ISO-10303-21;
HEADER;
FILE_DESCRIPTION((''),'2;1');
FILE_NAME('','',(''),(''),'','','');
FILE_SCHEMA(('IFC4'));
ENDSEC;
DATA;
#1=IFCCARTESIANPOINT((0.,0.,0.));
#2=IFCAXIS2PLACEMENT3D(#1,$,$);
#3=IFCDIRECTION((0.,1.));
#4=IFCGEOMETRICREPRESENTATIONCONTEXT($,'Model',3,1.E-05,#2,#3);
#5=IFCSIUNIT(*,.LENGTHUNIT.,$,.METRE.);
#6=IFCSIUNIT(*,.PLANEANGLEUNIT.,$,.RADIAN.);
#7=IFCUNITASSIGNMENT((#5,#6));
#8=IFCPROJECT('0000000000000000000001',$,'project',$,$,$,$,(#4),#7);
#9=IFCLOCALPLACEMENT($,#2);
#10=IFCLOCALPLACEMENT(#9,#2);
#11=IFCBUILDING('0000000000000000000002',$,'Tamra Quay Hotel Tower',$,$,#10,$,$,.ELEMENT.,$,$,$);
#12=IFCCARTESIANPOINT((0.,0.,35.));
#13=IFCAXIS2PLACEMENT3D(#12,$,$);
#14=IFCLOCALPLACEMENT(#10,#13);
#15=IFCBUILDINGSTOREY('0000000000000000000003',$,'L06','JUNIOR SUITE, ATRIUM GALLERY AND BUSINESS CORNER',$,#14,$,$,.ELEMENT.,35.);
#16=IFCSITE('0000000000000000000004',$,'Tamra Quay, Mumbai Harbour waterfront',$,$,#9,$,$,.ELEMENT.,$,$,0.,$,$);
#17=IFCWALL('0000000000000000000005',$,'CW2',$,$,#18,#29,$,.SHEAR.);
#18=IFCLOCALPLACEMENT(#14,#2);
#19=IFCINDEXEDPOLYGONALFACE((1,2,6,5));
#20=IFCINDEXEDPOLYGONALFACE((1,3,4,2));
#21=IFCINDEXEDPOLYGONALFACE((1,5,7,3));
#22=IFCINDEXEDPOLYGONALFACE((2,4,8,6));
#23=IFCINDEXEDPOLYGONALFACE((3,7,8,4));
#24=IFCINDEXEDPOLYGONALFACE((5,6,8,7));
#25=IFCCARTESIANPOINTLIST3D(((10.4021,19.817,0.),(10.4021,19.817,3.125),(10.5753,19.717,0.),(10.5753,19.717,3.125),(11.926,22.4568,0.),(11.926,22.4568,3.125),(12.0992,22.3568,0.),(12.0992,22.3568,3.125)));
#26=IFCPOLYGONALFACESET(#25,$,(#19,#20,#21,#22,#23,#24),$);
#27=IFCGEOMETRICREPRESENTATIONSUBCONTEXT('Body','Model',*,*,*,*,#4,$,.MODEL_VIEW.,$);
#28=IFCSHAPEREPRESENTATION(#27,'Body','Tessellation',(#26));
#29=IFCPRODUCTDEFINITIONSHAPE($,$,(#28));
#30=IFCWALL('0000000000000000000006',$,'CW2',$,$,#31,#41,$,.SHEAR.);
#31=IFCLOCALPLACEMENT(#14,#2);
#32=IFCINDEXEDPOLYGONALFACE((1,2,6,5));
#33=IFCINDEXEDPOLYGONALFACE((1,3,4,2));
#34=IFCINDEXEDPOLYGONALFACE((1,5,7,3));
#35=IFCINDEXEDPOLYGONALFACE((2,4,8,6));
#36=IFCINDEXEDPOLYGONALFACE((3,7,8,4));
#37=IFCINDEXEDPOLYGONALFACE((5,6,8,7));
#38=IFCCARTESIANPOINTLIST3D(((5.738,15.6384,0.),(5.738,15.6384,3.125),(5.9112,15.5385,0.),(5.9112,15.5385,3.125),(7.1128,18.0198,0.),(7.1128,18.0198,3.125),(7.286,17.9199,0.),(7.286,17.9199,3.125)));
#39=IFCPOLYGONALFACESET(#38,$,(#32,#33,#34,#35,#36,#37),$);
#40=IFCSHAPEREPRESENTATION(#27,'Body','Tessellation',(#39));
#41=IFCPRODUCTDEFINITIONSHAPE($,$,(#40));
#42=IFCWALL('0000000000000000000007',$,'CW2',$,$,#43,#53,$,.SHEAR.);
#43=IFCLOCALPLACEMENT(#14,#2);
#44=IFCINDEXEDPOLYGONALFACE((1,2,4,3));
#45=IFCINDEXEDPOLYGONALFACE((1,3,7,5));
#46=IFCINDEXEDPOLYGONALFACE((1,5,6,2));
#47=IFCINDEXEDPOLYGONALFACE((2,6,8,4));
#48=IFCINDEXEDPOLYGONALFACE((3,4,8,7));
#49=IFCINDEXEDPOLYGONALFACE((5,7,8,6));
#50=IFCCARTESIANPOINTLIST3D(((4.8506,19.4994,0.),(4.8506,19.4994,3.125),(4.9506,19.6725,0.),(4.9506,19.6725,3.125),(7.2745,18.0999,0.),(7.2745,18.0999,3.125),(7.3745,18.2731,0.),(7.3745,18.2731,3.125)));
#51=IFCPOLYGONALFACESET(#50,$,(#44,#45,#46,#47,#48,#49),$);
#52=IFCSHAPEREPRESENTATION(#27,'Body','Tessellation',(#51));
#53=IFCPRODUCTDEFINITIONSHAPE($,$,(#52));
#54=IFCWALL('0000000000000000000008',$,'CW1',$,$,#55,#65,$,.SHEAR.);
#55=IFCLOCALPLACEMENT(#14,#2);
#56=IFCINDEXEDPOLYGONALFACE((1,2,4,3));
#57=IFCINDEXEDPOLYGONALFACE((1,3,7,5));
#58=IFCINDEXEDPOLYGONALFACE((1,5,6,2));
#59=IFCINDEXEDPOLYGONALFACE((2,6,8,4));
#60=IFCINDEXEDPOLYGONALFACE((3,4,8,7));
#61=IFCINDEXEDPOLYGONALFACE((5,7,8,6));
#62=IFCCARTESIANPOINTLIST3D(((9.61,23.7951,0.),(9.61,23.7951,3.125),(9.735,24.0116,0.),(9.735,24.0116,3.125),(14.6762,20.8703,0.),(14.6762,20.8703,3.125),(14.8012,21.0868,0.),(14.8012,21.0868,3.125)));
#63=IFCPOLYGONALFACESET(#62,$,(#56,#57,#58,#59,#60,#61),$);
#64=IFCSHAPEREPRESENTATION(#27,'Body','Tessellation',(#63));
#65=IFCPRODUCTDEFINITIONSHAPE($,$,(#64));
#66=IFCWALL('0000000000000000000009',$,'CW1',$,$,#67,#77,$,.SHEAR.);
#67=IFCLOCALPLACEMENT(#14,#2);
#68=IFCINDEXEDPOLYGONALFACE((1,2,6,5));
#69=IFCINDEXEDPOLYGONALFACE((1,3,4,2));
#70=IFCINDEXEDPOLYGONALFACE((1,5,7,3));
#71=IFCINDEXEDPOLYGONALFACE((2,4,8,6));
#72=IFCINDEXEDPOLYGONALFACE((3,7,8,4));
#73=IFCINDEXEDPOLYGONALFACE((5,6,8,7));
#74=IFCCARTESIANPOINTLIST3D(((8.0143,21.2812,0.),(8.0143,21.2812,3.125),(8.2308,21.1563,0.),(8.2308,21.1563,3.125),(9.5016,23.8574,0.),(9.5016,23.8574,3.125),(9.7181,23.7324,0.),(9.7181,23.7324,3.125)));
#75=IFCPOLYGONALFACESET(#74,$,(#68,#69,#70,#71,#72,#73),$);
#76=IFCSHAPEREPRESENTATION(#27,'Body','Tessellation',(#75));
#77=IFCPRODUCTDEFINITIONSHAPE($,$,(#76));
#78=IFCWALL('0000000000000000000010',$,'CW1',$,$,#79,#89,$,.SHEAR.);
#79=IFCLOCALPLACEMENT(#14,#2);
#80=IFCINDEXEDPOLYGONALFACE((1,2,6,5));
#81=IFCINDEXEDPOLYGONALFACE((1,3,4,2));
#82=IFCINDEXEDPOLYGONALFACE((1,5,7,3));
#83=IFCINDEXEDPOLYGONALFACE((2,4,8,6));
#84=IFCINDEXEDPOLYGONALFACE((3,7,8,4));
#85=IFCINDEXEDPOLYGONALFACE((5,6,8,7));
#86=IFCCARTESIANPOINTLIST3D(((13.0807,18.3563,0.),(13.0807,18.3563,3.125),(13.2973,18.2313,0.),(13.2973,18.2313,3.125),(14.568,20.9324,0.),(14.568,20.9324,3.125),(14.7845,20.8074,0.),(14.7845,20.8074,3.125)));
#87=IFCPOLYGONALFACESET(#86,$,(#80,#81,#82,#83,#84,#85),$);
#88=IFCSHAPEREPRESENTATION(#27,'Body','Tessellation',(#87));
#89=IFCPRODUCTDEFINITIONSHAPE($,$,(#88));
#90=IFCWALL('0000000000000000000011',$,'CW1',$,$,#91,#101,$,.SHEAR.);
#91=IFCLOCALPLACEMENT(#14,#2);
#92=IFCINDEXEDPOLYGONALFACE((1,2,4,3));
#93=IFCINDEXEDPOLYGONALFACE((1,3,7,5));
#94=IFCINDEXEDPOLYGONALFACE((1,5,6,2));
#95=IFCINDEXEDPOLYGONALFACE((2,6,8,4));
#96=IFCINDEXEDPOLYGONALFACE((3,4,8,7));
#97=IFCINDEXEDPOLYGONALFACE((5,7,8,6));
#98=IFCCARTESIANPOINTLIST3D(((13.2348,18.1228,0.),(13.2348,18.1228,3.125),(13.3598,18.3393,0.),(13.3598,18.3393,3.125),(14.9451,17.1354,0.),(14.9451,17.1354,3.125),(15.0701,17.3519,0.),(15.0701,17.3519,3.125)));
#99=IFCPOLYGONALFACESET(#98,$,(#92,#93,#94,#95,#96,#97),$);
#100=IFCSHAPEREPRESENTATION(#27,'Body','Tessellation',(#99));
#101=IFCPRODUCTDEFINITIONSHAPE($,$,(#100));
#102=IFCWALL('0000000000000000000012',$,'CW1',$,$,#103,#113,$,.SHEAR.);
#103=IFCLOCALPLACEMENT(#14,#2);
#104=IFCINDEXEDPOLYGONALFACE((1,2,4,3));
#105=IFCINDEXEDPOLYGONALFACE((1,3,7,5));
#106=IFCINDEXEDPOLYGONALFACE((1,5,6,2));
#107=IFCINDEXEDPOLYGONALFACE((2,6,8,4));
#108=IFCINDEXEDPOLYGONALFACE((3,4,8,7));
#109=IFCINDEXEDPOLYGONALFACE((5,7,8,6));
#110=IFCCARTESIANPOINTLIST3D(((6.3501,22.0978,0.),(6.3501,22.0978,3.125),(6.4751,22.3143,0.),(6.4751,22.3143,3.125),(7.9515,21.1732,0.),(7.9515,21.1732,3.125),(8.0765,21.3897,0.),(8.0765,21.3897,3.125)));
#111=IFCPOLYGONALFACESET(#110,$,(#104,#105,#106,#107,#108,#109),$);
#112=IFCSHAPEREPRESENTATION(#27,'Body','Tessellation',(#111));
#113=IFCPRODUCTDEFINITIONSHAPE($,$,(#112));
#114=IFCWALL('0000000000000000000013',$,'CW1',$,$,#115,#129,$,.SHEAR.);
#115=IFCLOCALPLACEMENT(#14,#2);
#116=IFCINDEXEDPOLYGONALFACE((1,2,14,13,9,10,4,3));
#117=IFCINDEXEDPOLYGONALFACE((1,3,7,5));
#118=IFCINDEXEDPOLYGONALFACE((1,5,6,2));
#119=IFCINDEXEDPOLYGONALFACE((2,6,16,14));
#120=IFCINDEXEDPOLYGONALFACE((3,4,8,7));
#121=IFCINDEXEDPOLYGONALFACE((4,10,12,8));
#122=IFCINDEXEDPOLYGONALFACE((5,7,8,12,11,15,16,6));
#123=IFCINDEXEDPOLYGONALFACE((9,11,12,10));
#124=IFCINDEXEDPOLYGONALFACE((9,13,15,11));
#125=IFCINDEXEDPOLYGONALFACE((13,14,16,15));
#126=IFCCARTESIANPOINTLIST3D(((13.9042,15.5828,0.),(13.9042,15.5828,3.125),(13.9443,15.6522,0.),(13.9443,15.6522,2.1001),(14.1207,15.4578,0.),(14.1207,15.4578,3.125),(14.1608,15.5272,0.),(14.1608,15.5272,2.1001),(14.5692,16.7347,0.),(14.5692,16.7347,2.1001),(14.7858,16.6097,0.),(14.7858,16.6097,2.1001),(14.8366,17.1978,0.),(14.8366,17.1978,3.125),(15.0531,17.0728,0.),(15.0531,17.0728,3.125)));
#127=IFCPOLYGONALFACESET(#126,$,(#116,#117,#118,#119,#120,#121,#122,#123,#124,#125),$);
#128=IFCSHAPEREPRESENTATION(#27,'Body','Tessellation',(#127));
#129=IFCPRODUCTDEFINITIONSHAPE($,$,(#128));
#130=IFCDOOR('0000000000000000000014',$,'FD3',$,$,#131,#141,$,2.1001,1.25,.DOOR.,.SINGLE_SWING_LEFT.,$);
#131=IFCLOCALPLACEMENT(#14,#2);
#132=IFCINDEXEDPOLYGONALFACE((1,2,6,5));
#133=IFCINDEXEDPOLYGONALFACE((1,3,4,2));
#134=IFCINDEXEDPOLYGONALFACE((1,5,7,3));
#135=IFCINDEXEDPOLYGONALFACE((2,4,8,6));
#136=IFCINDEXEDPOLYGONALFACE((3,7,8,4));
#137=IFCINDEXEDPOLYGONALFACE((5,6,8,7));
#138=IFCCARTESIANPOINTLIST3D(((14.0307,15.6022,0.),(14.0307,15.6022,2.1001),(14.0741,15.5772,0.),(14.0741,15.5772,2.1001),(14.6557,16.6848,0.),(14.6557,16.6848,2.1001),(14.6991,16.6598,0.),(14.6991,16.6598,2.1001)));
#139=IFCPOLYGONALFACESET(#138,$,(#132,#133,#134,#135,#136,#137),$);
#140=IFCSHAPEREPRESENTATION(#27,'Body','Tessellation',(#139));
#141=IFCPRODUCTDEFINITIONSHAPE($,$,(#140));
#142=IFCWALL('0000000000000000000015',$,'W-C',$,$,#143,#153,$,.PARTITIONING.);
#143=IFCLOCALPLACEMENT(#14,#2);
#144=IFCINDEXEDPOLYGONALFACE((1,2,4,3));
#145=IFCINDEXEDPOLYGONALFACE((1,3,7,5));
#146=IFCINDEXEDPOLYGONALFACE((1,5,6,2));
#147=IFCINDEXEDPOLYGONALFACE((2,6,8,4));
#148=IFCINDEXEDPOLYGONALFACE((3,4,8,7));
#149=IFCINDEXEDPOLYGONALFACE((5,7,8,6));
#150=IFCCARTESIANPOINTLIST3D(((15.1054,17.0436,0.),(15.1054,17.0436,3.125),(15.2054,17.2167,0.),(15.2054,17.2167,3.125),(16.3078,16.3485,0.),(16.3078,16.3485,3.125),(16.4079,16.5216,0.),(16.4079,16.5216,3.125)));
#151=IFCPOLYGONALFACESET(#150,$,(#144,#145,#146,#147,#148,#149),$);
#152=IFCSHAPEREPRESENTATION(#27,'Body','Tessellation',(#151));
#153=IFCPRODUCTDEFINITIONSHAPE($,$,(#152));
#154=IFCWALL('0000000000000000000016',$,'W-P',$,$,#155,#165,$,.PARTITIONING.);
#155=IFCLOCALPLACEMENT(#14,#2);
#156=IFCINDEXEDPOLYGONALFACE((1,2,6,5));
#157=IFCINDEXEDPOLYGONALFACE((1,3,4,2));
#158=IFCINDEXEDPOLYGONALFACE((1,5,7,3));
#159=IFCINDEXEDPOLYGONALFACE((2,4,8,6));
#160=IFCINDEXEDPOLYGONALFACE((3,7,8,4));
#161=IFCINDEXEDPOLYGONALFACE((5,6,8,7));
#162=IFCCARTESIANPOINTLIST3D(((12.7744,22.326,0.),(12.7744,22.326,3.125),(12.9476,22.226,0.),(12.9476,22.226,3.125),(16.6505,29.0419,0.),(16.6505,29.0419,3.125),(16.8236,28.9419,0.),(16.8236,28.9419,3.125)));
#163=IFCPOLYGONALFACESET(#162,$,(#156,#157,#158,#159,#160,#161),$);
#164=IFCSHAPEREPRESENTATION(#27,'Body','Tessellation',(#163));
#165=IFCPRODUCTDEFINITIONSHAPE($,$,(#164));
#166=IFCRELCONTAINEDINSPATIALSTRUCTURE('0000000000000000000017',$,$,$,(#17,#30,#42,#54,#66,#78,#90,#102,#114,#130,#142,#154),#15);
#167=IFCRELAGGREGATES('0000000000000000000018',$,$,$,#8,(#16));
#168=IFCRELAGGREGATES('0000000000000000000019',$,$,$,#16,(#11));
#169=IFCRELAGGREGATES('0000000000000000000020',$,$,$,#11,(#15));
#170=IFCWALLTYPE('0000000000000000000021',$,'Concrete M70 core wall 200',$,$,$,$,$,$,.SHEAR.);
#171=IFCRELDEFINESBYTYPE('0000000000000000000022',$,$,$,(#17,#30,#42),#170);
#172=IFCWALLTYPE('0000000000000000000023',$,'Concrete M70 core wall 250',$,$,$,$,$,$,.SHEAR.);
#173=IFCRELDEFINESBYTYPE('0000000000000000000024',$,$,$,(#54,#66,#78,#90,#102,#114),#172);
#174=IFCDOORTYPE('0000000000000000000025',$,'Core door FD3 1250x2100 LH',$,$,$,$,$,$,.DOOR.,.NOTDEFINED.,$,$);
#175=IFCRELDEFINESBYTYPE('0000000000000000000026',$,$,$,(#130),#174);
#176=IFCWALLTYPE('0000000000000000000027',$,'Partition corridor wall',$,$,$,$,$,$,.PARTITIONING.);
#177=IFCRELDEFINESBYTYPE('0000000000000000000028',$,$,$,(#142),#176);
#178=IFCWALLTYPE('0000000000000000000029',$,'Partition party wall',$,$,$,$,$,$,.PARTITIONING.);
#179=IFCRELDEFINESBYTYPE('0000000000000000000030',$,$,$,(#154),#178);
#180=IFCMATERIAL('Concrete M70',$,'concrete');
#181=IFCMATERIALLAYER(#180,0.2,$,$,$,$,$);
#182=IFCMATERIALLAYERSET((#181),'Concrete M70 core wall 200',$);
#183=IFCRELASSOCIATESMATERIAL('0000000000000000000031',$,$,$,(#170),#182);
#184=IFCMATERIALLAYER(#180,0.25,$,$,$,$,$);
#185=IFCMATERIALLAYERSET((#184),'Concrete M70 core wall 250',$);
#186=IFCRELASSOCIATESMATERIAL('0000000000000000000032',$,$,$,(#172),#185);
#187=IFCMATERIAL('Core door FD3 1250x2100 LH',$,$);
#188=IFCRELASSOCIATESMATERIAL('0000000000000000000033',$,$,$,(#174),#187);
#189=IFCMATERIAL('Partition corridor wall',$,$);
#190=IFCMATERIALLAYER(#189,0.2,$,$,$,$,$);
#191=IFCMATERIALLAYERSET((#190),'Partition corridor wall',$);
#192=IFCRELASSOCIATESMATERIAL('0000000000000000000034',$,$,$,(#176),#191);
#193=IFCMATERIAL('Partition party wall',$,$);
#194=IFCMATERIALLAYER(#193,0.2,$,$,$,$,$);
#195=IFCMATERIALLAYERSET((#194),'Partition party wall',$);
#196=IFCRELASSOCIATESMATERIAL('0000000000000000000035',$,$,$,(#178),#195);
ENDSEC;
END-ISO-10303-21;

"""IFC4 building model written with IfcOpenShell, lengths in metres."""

from ifc_helpers import new_model, si_unit, direction, frame, frame_2d, origin, place, context, subcontext, project, spatial, rectangle, extrude, material, layer, layer_set, type_object, element, fill, save


model = new_model("IFC4")

# Units and contexts
model_context = context("Model", 3, precision=1e-05, world=origin(), true_north=direction((0.0, 1.0)))
body_context = subcontext(model_context, "Body", "Model", "MODEL_VIEW")
ifc_project = project(units=[si_unit("LENGTHUNIT", "METRE"), si_unit("PLANEANGLEUNIT", "RADIAN")], contexts=[model_context])

# Site, building, storey
site_placement = place(None, origin())
site = spatial("IfcSite", under=ifc_project, at=site_placement, Name="Tamra Quay, Mumbai Harbour waterfront", CompositionType="ELEMENT", RefElevation=0.0)
building_placement = place(site_placement, origin())
building = spatial("IfcBuilding", under=site, at=building_placement, Name="Tamra Quay Hotel Tower", CompositionType="ELEMENT")
storey_placement = place(building_placement, frame((0.0, 0.0, 35.0)))
storey = spatial("IfcBuildingStorey", under=building, at=storey_placement, Name="L06", Description="JUNIOR SUITE, ATRIUM GALLERY AND BUSINESS CORNER", CompositionType="ELEMENT", Elevation=35.0)

# Shared definitions
ifc_material_1 = material(Name="Concrete M70", Category="concrete")

# Shared definitions
ifc_layer_1 = layer(ifc_material_1, 0.2)
ifc_layer_set_1 = layer_set([ifc_layer_1], Name="Concrete M70 core wall 200")
wall_type_1 = type_object("IfcWallType", Name="Concrete M70 core wall 200", PredefinedType="SHEAR", material=ifc_layer_set_1)

# Walls
wall_1_placement = place(storey_placement, frame((10.4888, 19.7671, 0.0), z_axis=(0.0, 0.0, 1.0), x_axis=(0.499947, 0.866056, 0.0)))
element("IfcWall", 1, at=wall_1_placement, inside=storey, type_object=wall_type_1, Name="CW2", PredefinedType="SHEAR", context=body_context, shape_type="SweptSolid", body=[
    extrude(rectangle(XDim=3.0481, YDim=0.2, at=frame_2d((1.5239, 0.0))), origin(), (0.0, 0.0, 1.0), 3.125),
])
wall_2_placement = place(storey_placement, frame((7.1995, 17.97, 0.0), z_axis=(0.0, 0.0, 1.0), x_axis=(-0.499968, -0.866044, 0.0)))
element("IfcWall", 2, at=wall_2_placement, inside=storey, type_object=wall_type_1, Name="CW2", PredefinedType="SHEAR", context=body_context, shape_type="SweptSolid", body=[
    extrude(rectangle(XDim=2.7498, YDim=0.2, at=frame_2d((1.375, 0.0))), origin(), (0.0, 0.0, 1.0), 3.125),
])
wall_3_placement = place(storey_placement, frame((4.9006, 19.5859, 0.0), z_axis=(0.0, 0.0, 1.0), x_axis=(0.866023, -0.500004, 0.0)))
element("IfcWall", 3, at=wall_3_placement, inside=storey, type_object=wall_type_1, Name="CW2", PredefinedType="SHEAR", context=body_context, shape_type="SweptSolid", body=[
    extrude(rectangle(XDim=2.7988, YDim=0.2, at=frame_2d((1.3994, 0.0))), origin(), (0.0, 0.0, 1.0), 3.125),
])
ifc_layer_2 = layer(ifc_material_1, 0.25)
ifc_layer_set_2 = layer_set([ifc_layer_2], Name="Concrete M70 core wall 250")
wall_type_2 = type_object("IfcWallType", Name="Concrete M70 core wall 250", PredefinedType="SHEAR", material=ifc_layer_set_2)
wall_4_placement = place(storey_placement, frame((9.6726, 23.9033, 0.0), z_axis=(0.0, 0.0, 1.0), x_axis=(0.866036, -0.499981, 0.0)))
element("IfcWall", 4, at=wall_4_placement, inside=storey, type_object=wall_type_2, Name="CW1", PredefinedType="SHEAR", context=body_context, shape_type="SweptSolid", body=[
    extrude(rectangle(XDim=5.8499, YDim=0.25, at=frame_2d((2.9248, 0.0))), origin(), (0.0, 0.0, 1.0), 3.125),
])
for number, where, z_axis, x_axis, name in (
    (5, (8.1226, 21.2188, 0.0), (0.0, 0.0, 1.0), (0.499988, 0.866033, 0.0), "CW1"),
    (6, (14.6763, 20.8699, 0.0), (0.0, 0.0, 1.0), (-0.499988, -0.866033, 0.0), "CW1"),
):
    element("IfcWall", number, at=place(storey_placement, frame(where, z_axis=z_axis, x_axis=x_axis)), inside=storey, type_object=wall_type_2, Name=name, PredefinedType="SHEAR", context=body_context, shape_type="SweptSolid", body=[
        extrude(rectangle(XDim=2.9746, YDim=0.25, at=frame_2d((1.4873, 0.0))), origin(), (0.0, 0.0, 1.0), 3.125),
    ])
wall_5_placement = place(storey_placement, frame((13.2974, 18.231, 0.0), z_axis=(0.0, 0.0, 1.0), x_axis=(0.866044, -0.499969, 0.0)))
element("IfcWall", 7, at=wall_5_placement, inside=storey, type_object=wall_type_2, Name="CW1", PredefinedType="SHEAR", context=body_context, shape_type="SweptSolid", body=[
    extrude(rectangle(XDim=1.9749, YDim=0.25, at=frame_2d((0.9873, 0.0))), origin(), (0.0, 0.0, 1.0), 3.125),
])
wall_6_placement = place(storey_placement, frame((6.4126, 22.2061, 0.0), z_axis=(0.0, 0.0, 1.0), x_axis=(0.866016, -0.500016, 0.0)))
element("IfcWall", 8, at=wall_6_placement, inside=storey, type_object=wall_type_2, Name="CW1", PredefinedType="SHEAR", context=body_context, shape_type="SweptSolid", body=[
    extrude(rectangle(XDim=1.8491, YDim=0.25, at=frame_2d((0.9246, 0.0))), origin(), (0.0, 0.0, 1.0), 3.125),
])

# Wall, opening, door
wall_7_placement = place(storey_placement, frame((14.9448, 17.1353, 0.0), z_axis=(0.0, 0.0, 1.0), x_axis=(-0.499983, -0.866035, 0.0)))
wall_7 = element("IfcWall", 9, at=wall_7_placement, inside=storey, type_object=wall_type_2, Name="CW1", PredefinedType="SHEAR", context=body_context, shape_type="SweptSolid", body=[
    extrude(rectangle(XDim=1.8647, YDim=0.25, at=frame_2d((0.9324, 0.0))), origin(), (0.0, 0.0, 1.0), 3.125),
])
opening_1_placement = place(wall_7_placement, frame((0.5347, 0.0, 0.0)))
opening_1 = element("IfcOpeningElement", 10, at=opening_1_placement, cuts=wall_7, PredefinedType="OPENING", context=body_context, shape_type="SweptSolid", body=[
    extrude(rectangle(XDim=1.25, YDim=2.1001, at=frame_2d((0.625, 1.05))), frame((0.0, 0.135, 0.0), z_axis=(0.0, -1.0, 0.0), x_axis=(1.0, 0.0, 0.0)), (0.0, 0.0, 1.0), 0.27),
])
ifc_material_2 = material(Name="Core door FD3 1250x2100 LH")
door_type_1 = type_object("IfcDoorType", Name="Core door FD3 1250x2100 LH", OperationType="NOTDEFINED", PredefinedType="DOOR", material=ifc_material_2)
door_1_placement = place(opening_1_placement, origin())
door_1 = element("IfcDoor", 11, at=door_1_placement, inside=storey, type_object=door_type_1, Name="FD3", OperationType="SINGLE_SWING_LEFT", OverallHeight=2.1001, OverallWidth=1.25, PredefinedType="DOOR", context=body_context, shape_type="SweptSolid", body=[
    extrude(rectangle(XDim=1.25, YDim=2.1001, at=frame_2d((0.625, 1.05))), frame((0.0, 0.0249, 0.0), z_axis=(0.0, -1.0, 0.0), x_axis=(1.0, 0.0, 0.0)), (0.0, 0.0, 1.0), 0.05),
])
fill(opening_1, door_1)

# Walls
ifc_material_3 = material(Name="Partition corridor wall")
ifc_layer_3 = layer(ifc_material_3, 0.2)
ifc_layer_set_3 = layer_set([ifc_layer_3], Name="Partition corridor wall")
wall_type_3 = type_object("IfcWallType", Name="Partition corridor wall", PredefinedType="PARTITIONING", material=ifc_layer_set_3)
wall_8_placement = place(storey_placement, frame((15.1555, 17.1301, 0.0), z_axis=(0.0, 0.0, 1.0), x_axis=(0.865755, -0.500468, 0.0)))
element("IfcWall", 12, at=wall_8_placement, inside=storey, type_object=wall_type_3, Name="W-C", PredefinedType="PARTITIONING", context=body_context, shape_type="SweptSolid", body=[
    extrude(rectangle(XDim=1.3889, YDim=0.2, at=frame_2d((0.6943, 0.0))), origin(), (0.0, 0.0, 1.0), 3.125),
])
ifc_material_4 = material(Name="Partition party wall")
ifc_layer_4 = layer(ifc_material_4, 0.2)
ifc_layer_set_4 = layer_set([ifc_layer_4], Name="Partition party wall")
wall_type_4 = type_object("IfcWallType", Name="Partition party wall", PredefinedType="PARTITIONING", material=ifc_layer_set_4)
wall_9_placement = place(storey_placement, frame((12.8611, 22.2761, 0.0), z_axis=(0.0, 0.0, 1.0), x_axis=(0.499864, 0.866104, 0.0)))
element("IfcWall", 13, at=wall_9_placement, inside=storey, type_object=wall_type_4, Name="W-P", PredefinedType="PARTITIONING", context=body_context, shape_type="SweptSolid", body=[
    extrude(rectangle(XDim=7.7542, YDim=0.2, at=frame_2d((3.877, 0.0))), origin(), (0.0, 0.0, 1.0), 3.125),
])

save(model, "model.ifc")
